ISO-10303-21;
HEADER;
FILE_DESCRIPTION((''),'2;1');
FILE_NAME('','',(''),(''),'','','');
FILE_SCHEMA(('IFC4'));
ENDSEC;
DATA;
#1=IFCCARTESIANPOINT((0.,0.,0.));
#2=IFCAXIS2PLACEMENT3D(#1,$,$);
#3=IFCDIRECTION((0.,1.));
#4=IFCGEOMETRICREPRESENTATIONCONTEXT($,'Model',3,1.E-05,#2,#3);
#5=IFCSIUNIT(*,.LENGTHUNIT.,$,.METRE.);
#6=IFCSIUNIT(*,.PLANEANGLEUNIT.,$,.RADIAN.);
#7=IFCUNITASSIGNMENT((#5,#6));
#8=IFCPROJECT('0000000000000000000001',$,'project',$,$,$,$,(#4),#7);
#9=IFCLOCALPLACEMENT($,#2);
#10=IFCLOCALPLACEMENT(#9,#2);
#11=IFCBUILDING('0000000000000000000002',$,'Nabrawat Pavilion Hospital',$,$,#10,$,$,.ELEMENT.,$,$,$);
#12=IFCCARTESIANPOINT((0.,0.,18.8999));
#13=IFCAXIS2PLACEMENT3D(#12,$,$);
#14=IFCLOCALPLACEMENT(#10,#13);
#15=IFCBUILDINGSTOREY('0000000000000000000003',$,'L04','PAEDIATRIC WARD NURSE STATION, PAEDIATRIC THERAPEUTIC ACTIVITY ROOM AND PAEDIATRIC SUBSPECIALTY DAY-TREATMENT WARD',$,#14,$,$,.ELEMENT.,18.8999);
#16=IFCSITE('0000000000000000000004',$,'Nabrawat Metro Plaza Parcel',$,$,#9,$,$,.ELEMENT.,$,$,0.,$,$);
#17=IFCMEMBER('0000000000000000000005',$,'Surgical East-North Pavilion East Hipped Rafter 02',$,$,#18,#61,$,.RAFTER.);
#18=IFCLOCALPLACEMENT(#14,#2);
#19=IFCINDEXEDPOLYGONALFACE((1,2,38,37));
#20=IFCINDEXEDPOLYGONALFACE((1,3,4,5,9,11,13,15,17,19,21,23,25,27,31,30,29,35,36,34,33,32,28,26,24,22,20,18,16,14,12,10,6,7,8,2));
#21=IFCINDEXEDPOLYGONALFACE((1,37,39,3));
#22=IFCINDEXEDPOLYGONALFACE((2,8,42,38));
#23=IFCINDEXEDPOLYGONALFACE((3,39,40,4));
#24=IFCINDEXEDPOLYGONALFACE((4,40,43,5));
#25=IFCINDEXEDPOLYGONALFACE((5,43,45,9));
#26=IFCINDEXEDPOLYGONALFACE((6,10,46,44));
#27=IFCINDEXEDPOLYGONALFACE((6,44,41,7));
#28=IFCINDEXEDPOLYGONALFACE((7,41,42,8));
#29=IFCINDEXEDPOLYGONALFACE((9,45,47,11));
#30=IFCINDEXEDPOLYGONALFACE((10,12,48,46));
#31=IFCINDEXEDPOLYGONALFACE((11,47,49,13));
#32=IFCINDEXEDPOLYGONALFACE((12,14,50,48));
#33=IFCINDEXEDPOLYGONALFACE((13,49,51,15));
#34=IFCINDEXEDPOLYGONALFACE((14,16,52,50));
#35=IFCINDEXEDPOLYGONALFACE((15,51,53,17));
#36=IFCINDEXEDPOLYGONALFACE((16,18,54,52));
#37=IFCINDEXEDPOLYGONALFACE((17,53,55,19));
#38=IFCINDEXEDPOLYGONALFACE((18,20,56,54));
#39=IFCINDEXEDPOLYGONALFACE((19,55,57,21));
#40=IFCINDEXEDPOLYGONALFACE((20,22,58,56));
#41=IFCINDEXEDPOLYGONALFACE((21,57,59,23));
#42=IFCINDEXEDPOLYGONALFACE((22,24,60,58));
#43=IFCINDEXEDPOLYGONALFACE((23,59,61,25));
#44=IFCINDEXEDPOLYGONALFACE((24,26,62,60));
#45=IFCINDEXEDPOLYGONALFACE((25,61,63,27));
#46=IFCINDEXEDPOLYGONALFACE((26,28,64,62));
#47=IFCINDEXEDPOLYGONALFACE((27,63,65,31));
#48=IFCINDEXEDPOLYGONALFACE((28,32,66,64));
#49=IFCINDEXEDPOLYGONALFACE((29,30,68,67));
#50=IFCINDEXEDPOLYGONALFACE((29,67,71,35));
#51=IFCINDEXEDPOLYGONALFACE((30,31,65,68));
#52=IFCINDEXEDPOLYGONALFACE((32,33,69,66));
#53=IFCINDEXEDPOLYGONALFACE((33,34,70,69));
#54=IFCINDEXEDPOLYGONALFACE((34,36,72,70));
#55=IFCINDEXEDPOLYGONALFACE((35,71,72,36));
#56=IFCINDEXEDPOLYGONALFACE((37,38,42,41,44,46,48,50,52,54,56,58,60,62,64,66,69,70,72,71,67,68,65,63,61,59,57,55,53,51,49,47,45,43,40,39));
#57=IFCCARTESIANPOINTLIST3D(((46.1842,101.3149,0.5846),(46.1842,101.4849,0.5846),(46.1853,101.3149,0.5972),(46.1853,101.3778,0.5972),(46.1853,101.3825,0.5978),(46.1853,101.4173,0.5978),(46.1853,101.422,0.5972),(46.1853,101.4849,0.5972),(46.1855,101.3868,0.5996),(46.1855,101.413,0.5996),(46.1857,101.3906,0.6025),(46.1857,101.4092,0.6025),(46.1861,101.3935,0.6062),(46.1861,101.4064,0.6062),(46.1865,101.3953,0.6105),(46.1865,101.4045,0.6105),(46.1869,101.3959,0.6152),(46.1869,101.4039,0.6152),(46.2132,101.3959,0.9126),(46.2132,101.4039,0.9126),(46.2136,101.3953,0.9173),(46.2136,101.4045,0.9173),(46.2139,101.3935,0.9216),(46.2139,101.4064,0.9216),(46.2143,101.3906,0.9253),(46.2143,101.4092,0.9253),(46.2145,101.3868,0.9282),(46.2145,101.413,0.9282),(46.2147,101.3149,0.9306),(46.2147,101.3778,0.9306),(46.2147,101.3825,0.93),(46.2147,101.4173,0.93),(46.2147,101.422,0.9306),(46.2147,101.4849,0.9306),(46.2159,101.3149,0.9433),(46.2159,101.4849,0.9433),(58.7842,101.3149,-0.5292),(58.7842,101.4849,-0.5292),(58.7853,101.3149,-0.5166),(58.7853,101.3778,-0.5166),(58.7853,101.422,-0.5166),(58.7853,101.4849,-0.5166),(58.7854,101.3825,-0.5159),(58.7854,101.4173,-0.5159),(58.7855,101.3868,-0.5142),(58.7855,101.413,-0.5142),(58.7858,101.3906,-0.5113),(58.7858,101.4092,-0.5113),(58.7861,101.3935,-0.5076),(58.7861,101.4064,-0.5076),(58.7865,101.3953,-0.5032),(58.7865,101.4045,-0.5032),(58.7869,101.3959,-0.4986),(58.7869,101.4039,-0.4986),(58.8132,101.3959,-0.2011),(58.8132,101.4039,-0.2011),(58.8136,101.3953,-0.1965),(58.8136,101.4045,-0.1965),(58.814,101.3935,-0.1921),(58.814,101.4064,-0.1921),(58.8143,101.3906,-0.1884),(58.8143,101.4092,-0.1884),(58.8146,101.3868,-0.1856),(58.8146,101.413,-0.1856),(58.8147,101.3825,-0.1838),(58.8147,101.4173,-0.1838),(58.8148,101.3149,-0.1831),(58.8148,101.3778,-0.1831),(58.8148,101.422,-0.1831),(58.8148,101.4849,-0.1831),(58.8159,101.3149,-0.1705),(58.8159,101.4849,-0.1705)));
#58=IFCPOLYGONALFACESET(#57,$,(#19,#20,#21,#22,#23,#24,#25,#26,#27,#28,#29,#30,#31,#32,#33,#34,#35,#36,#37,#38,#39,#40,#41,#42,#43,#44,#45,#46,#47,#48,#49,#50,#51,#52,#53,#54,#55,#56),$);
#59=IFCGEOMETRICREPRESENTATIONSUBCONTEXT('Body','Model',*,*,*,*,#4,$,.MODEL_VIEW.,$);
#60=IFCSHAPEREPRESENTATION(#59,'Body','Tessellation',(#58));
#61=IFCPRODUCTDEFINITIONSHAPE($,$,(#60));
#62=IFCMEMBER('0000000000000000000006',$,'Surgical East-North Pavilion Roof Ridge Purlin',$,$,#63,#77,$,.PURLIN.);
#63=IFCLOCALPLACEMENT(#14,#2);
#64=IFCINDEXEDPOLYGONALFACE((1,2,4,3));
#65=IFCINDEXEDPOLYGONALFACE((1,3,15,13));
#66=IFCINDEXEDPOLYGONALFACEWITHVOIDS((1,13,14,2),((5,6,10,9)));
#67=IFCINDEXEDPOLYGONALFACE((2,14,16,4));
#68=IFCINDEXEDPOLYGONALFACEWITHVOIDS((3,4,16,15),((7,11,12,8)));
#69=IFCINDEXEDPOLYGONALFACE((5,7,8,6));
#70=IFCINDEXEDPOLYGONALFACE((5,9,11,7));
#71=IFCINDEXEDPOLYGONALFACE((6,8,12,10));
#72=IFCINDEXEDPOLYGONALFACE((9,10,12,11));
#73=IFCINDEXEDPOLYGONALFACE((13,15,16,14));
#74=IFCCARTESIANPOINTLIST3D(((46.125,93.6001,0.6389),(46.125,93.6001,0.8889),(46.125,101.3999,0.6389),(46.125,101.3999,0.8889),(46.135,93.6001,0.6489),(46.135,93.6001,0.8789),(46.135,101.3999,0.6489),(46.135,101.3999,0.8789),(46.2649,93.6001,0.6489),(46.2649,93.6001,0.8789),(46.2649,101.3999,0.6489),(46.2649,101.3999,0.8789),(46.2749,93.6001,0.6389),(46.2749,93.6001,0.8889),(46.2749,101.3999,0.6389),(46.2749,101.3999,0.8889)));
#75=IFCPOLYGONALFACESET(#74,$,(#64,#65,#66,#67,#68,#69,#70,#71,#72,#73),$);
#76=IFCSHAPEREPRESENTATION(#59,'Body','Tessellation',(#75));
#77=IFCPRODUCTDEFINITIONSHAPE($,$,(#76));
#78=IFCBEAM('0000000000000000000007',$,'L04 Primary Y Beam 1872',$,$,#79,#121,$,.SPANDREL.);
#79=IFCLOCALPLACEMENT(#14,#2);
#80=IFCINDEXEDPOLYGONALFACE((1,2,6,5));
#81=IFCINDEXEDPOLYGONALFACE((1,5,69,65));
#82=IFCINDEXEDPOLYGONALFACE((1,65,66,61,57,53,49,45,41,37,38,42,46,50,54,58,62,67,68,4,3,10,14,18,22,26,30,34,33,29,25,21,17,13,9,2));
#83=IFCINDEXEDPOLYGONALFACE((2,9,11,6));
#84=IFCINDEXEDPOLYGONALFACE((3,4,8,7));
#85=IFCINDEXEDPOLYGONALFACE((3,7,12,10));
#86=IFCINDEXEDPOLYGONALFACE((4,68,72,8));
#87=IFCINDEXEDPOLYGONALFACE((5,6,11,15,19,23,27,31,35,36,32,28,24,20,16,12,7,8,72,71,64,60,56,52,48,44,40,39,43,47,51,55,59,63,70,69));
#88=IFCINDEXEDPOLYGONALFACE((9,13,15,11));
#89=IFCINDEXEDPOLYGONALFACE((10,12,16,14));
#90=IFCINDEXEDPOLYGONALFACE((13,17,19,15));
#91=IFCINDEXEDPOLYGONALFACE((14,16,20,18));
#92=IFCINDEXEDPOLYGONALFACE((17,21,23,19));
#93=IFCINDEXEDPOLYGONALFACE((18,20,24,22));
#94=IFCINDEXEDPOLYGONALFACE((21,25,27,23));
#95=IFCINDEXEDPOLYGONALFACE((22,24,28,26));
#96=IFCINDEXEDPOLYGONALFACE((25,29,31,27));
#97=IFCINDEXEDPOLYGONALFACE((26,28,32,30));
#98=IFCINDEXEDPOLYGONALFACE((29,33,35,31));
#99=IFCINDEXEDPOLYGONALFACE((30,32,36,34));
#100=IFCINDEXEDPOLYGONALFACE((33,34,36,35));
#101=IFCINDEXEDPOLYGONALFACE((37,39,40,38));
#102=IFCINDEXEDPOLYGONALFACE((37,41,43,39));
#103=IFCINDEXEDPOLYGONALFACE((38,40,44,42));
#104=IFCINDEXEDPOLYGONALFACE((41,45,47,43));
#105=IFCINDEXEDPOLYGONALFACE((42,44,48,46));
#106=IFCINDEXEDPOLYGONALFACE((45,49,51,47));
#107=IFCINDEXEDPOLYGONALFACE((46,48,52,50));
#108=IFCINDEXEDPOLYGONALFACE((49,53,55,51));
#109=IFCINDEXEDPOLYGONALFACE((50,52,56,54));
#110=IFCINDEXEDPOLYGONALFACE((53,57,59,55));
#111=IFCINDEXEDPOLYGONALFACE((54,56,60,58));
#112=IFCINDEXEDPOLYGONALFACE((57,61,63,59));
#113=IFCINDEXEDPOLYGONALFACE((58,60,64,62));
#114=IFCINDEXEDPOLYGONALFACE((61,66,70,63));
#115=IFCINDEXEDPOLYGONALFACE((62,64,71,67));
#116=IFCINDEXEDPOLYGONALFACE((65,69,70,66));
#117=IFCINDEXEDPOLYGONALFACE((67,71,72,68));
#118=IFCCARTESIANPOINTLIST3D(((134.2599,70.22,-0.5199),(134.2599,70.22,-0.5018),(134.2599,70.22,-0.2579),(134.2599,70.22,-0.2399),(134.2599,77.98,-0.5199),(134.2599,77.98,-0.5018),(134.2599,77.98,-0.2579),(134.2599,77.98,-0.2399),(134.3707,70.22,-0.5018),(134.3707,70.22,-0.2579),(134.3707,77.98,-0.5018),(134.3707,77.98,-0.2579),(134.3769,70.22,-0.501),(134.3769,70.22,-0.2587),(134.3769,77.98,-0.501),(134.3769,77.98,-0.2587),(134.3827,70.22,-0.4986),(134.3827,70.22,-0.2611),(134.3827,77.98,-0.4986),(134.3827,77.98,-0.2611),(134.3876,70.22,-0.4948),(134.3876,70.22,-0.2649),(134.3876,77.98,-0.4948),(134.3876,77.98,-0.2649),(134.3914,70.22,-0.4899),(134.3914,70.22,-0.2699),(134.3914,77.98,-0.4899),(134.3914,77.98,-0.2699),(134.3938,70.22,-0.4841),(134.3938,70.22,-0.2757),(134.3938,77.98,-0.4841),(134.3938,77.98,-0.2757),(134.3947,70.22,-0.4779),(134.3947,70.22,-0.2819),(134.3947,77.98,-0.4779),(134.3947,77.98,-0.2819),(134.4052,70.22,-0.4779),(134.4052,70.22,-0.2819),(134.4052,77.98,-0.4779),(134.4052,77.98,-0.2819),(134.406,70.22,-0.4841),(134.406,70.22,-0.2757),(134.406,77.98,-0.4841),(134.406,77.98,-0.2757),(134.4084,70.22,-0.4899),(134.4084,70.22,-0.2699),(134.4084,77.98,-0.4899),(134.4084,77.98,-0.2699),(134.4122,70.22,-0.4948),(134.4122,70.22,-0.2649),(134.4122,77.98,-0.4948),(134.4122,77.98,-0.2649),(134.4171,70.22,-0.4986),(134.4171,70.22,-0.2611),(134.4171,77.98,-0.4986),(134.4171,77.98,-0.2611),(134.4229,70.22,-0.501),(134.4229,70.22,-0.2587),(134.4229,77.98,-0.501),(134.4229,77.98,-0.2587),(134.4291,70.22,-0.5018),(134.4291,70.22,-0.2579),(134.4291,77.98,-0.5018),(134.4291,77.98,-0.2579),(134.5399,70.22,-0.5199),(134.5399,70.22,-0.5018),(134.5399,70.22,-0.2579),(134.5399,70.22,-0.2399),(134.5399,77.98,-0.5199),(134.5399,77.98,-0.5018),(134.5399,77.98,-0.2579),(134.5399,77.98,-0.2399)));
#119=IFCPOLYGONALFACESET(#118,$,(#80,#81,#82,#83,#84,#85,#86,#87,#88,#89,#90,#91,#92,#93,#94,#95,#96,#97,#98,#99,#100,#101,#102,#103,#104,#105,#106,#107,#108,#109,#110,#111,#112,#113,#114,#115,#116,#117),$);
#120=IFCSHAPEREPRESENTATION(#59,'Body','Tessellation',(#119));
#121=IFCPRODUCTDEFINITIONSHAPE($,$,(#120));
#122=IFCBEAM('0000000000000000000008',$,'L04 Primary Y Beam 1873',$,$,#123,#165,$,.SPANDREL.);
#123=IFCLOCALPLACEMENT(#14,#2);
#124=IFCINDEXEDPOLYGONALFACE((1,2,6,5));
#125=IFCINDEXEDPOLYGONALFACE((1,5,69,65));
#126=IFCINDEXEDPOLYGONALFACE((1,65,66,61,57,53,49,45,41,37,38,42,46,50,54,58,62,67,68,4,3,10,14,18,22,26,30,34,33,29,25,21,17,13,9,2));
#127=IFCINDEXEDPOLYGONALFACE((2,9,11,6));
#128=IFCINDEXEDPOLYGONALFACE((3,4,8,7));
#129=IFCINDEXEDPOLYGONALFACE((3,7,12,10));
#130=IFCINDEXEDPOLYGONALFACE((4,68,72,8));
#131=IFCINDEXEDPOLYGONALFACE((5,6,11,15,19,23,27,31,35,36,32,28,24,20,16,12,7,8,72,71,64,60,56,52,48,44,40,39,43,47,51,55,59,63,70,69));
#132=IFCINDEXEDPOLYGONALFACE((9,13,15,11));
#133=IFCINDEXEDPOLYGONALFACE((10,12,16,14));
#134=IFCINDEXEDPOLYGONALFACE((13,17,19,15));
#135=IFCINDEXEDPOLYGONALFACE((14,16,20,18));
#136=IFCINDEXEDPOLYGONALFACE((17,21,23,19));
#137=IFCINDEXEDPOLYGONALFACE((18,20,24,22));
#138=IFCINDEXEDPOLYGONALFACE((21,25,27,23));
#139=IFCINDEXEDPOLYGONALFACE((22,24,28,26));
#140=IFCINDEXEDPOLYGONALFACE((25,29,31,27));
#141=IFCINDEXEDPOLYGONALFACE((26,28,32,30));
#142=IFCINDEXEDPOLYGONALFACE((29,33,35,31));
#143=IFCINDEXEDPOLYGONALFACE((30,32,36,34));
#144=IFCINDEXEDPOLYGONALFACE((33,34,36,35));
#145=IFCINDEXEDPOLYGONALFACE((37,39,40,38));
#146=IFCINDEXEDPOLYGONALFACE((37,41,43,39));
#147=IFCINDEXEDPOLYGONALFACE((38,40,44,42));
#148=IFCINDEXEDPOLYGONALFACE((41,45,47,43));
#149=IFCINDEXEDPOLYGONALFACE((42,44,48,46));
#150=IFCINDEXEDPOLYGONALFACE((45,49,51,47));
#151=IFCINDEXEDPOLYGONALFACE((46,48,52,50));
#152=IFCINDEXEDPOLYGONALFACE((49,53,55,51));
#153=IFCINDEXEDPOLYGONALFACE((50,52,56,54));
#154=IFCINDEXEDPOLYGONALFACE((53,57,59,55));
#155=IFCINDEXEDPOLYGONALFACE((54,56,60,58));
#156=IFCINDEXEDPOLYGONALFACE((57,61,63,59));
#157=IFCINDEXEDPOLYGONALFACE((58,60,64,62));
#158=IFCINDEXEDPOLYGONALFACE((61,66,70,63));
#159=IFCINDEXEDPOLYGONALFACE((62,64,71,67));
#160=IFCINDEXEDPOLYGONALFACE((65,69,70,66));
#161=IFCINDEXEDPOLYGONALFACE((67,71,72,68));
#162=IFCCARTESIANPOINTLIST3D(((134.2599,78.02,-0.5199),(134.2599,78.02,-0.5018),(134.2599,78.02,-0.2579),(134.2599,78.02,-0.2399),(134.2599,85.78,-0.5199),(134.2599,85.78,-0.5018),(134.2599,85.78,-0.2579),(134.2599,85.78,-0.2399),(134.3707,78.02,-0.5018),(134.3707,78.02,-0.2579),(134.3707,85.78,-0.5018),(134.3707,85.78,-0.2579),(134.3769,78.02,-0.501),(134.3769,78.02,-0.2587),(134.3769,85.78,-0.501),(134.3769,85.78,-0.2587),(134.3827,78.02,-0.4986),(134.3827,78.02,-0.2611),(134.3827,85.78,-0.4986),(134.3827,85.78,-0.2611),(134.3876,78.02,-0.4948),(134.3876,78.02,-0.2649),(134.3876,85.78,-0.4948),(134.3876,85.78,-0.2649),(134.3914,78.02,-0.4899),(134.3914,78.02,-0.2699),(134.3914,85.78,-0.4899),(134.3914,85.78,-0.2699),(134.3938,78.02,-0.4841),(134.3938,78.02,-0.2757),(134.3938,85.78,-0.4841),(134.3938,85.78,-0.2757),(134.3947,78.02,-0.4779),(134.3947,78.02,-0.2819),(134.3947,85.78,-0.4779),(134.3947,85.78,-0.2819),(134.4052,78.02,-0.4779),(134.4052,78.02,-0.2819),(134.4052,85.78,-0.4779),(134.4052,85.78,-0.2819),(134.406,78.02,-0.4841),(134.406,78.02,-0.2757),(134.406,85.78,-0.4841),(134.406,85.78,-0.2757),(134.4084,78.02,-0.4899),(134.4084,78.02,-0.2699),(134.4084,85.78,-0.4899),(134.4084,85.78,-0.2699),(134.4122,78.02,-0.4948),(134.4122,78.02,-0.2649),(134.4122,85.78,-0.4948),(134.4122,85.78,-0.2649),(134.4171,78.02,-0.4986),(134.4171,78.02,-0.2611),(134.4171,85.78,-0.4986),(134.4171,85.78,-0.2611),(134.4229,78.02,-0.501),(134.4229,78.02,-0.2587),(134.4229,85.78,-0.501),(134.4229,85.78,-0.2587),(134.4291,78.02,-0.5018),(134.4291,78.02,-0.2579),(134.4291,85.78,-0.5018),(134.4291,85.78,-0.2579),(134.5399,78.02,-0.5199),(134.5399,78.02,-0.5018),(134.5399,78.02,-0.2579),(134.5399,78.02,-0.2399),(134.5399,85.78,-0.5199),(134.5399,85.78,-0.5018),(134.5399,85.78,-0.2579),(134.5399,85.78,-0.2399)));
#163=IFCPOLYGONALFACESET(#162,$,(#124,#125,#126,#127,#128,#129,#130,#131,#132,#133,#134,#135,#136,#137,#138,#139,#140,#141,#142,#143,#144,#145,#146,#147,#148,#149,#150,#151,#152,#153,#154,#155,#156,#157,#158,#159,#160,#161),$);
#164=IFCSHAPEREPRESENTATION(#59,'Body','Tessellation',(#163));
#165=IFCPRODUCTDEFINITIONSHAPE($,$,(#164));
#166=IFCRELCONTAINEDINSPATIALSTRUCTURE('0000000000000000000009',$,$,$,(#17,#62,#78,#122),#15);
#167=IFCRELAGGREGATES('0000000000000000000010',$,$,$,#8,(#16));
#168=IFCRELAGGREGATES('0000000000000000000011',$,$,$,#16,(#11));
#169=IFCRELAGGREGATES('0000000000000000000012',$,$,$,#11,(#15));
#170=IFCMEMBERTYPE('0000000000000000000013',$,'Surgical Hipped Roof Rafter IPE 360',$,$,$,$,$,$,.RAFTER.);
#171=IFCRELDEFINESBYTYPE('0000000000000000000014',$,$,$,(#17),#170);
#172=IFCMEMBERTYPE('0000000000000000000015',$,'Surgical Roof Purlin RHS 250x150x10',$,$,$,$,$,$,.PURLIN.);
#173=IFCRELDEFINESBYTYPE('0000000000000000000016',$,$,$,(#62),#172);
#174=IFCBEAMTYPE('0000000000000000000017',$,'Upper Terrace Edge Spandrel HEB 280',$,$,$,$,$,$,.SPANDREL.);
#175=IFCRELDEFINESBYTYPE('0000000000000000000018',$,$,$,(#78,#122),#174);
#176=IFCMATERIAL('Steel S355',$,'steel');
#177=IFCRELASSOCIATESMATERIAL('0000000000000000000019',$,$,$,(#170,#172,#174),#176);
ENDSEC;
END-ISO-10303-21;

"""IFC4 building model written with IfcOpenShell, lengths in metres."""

from ifc_helpers import new_model, si_unit, direction, frame, origin, origin_2d, place, context, subcontext, project, spatial, hollow_rectangle, i_section, extrude, material, material_profile, profile_set, type_object, element, save


model = new_model("IFC4")

# Units and contexts
model_context = context("Model", 3, precision=1e-05, world=origin(), true_north=direction((0.0, 1.0)))
body_context = subcontext(model_context, "Body", "Model", "MODEL_VIEW")
ifc_project = project(units=[si_unit("LENGTHUNIT", "METRE"), si_unit("PLANEANGLEUNIT", "RADIAN")], contexts=[model_context])

# Site, building, storey
site_placement = place(None, origin())
site = spatial("IfcSite", under=ifc_project, at=site_placement, Name="Nabrawat Metro Plaza Parcel", CompositionType="ELEMENT", RefElevation=0.0)
building_placement = place(site_placement, origin())
building = spatial("IfcBuilding", under=site, at=building_placement, Name="Nabrawat Pavilion Hospital", CompositionType="ELEMENT")
storey_placement = place(building_placement, frame((0.0, 0.0, 18.8999)))
storey = spatial("IfcBuildingStorey", under=building, at=storey_placement, Name="L04", Description="PAEDIATRIC WARD NURSE STATION, PAEDIATRIC THERAPEUTIC ACTIVITY ROOM AND PAEDIATRIC SUBSPECIALTY DAY-TREATMENT WARD", CompositionType="ELEMENT", Elevation=18.8999)

# Shared definitions
ifc_material_1 = material(Name="Steel S355", Category="steel")

# Members
ifc_material_profile_1 = material_profile(ifc_material_1, i_section(OverallWidth=0.1699, OverallDepth=0.3601, WebThickness=0.0081, FlangeThickness=0.0127, FilletRadius=0.0181, at=origin_2d()), Name="IPE 360")
ifc_profile_set_1 = profile_set([ifc_material_profile_1], Name="Steel S355")
member_type_1 = type_object("IfcMemberType", Name="Surgical Hipped Roof Rafter IPE 360", PredefinedType="RAFTER", material=ifc_profile_set_1)
for number, where, z_axis, x_axis, name in (
    (1, (58.8, 101.3999, -0.3499), (-0.996116, 0.0, 0.08805), (0.0, -1.0, 0.0), "Surgical East-North Pavilion East Hipped Rafter 02"),
):
    element("IfcMember", number, at=place(storey_placement, frame(where, z_axis=z_axis, x_axis=x_axis)), inside=storey, type_object=member_type_1, Name=name, PredefinedType="RAFTER", context=body_context, shape_type="SweptSolid", body=[
        extrude(i_section(OverallWidth=0.1699, OverallDepth=0.3601, WebThickness=0.0081, FlangeThickness=0.0127, FilletRadius=0.0181, at=origin_2d()), origin(), (0.0, 0.0, 1.0), 12.6492),
    ])
ifc_material_profile_2 = material_profile(ifc_material_1, hollow_rectangle(XDim=0.1499, YDim=0.25, WallThickness=0.01, at=origin_2d()), Name="RHS 250x150x10")
ifc_profile_set_2 = profile_set([ifc_material_profile_2], Name="Steel S355")
member_type_2 = type_object("IfcMemberType", Name="Surgical Roof Purlin RHS 250x150x10", PredefinedType="PURLIN", material=ifc_profile_set_2)
member_placement = place(storey_placement, frame((46.2, 93.6001, 0.7639), z_axis=(0.0, 1.0, 0.0), x_axis=(-1.0, 0.0, 0.0)))
element("IfcMember", 2, at=member_placement, inside=storey, type_object=member_type_2, Name="Surgical East-North Pavilion Roof Ridge Purlin", PredefinedType="PURLIN", context=body_context, shape_type="SweptSolid", body=[
    extrude(hollow_rectangle(XDim=0.1499, YDim=0.25, WallThickness=0.01, at=origin_2d()), origin(), (0.0, 0.0, 1.0), 7.7998),
])

# Beams
ifc_material_profile_3 = material_profile(ifc_material_1, i_section(OverallWidth=0.28, OverallDepth=0.28, WebThickness=0.0105, FlangeThickness=0.0181, FilletRadius=0.0239, at=origin_2d()), Name="HEB 280")
ifc_profile_set_3 = profile_set([ifc_material_profile_3], Name="Steel S355")
beam_type_1 = type_object("IfcBeamType", Name="Upper Terrace Edge Spandrel HEB 280", PredefinedType="SPANDREL", material=ifc_profile_set_3)
for number, where, z_axis, x_axis, name in (
    (3, (134.3999, 70.22, -0.3799), (0.0, 1.0, 0.0), (-1.0, 0.0, 0.0), "L04 Primary Y Beam 1872"),
    (4, (134.3999, 78.02, -0.3799), (0.0, 1.0, 0.0), (-1.0, 0.0, 0.0), "L04 Primary Y Beam 1873"),
):
    element("IfcBeam", number, at=place(storey_placement, frame(where, z_axis=z_axis, x_axis=x_axis)), inside=storey, type_object=beam_type_1, Name=name, PredefinedType="SPANDREL", context=body_context, shape_type="SweptSolid", body=[
        extrude(i_section(OverallWidth=0.28, OverallDepth=0.28, WebThickness=0.0105, FlangeThickness=0.0181, FilletRadius=0.0239, at=origin_2d()), origin(), (0.0, 0.0, 1.0), 7.76),
    ])

save(model, "model.ifc")
